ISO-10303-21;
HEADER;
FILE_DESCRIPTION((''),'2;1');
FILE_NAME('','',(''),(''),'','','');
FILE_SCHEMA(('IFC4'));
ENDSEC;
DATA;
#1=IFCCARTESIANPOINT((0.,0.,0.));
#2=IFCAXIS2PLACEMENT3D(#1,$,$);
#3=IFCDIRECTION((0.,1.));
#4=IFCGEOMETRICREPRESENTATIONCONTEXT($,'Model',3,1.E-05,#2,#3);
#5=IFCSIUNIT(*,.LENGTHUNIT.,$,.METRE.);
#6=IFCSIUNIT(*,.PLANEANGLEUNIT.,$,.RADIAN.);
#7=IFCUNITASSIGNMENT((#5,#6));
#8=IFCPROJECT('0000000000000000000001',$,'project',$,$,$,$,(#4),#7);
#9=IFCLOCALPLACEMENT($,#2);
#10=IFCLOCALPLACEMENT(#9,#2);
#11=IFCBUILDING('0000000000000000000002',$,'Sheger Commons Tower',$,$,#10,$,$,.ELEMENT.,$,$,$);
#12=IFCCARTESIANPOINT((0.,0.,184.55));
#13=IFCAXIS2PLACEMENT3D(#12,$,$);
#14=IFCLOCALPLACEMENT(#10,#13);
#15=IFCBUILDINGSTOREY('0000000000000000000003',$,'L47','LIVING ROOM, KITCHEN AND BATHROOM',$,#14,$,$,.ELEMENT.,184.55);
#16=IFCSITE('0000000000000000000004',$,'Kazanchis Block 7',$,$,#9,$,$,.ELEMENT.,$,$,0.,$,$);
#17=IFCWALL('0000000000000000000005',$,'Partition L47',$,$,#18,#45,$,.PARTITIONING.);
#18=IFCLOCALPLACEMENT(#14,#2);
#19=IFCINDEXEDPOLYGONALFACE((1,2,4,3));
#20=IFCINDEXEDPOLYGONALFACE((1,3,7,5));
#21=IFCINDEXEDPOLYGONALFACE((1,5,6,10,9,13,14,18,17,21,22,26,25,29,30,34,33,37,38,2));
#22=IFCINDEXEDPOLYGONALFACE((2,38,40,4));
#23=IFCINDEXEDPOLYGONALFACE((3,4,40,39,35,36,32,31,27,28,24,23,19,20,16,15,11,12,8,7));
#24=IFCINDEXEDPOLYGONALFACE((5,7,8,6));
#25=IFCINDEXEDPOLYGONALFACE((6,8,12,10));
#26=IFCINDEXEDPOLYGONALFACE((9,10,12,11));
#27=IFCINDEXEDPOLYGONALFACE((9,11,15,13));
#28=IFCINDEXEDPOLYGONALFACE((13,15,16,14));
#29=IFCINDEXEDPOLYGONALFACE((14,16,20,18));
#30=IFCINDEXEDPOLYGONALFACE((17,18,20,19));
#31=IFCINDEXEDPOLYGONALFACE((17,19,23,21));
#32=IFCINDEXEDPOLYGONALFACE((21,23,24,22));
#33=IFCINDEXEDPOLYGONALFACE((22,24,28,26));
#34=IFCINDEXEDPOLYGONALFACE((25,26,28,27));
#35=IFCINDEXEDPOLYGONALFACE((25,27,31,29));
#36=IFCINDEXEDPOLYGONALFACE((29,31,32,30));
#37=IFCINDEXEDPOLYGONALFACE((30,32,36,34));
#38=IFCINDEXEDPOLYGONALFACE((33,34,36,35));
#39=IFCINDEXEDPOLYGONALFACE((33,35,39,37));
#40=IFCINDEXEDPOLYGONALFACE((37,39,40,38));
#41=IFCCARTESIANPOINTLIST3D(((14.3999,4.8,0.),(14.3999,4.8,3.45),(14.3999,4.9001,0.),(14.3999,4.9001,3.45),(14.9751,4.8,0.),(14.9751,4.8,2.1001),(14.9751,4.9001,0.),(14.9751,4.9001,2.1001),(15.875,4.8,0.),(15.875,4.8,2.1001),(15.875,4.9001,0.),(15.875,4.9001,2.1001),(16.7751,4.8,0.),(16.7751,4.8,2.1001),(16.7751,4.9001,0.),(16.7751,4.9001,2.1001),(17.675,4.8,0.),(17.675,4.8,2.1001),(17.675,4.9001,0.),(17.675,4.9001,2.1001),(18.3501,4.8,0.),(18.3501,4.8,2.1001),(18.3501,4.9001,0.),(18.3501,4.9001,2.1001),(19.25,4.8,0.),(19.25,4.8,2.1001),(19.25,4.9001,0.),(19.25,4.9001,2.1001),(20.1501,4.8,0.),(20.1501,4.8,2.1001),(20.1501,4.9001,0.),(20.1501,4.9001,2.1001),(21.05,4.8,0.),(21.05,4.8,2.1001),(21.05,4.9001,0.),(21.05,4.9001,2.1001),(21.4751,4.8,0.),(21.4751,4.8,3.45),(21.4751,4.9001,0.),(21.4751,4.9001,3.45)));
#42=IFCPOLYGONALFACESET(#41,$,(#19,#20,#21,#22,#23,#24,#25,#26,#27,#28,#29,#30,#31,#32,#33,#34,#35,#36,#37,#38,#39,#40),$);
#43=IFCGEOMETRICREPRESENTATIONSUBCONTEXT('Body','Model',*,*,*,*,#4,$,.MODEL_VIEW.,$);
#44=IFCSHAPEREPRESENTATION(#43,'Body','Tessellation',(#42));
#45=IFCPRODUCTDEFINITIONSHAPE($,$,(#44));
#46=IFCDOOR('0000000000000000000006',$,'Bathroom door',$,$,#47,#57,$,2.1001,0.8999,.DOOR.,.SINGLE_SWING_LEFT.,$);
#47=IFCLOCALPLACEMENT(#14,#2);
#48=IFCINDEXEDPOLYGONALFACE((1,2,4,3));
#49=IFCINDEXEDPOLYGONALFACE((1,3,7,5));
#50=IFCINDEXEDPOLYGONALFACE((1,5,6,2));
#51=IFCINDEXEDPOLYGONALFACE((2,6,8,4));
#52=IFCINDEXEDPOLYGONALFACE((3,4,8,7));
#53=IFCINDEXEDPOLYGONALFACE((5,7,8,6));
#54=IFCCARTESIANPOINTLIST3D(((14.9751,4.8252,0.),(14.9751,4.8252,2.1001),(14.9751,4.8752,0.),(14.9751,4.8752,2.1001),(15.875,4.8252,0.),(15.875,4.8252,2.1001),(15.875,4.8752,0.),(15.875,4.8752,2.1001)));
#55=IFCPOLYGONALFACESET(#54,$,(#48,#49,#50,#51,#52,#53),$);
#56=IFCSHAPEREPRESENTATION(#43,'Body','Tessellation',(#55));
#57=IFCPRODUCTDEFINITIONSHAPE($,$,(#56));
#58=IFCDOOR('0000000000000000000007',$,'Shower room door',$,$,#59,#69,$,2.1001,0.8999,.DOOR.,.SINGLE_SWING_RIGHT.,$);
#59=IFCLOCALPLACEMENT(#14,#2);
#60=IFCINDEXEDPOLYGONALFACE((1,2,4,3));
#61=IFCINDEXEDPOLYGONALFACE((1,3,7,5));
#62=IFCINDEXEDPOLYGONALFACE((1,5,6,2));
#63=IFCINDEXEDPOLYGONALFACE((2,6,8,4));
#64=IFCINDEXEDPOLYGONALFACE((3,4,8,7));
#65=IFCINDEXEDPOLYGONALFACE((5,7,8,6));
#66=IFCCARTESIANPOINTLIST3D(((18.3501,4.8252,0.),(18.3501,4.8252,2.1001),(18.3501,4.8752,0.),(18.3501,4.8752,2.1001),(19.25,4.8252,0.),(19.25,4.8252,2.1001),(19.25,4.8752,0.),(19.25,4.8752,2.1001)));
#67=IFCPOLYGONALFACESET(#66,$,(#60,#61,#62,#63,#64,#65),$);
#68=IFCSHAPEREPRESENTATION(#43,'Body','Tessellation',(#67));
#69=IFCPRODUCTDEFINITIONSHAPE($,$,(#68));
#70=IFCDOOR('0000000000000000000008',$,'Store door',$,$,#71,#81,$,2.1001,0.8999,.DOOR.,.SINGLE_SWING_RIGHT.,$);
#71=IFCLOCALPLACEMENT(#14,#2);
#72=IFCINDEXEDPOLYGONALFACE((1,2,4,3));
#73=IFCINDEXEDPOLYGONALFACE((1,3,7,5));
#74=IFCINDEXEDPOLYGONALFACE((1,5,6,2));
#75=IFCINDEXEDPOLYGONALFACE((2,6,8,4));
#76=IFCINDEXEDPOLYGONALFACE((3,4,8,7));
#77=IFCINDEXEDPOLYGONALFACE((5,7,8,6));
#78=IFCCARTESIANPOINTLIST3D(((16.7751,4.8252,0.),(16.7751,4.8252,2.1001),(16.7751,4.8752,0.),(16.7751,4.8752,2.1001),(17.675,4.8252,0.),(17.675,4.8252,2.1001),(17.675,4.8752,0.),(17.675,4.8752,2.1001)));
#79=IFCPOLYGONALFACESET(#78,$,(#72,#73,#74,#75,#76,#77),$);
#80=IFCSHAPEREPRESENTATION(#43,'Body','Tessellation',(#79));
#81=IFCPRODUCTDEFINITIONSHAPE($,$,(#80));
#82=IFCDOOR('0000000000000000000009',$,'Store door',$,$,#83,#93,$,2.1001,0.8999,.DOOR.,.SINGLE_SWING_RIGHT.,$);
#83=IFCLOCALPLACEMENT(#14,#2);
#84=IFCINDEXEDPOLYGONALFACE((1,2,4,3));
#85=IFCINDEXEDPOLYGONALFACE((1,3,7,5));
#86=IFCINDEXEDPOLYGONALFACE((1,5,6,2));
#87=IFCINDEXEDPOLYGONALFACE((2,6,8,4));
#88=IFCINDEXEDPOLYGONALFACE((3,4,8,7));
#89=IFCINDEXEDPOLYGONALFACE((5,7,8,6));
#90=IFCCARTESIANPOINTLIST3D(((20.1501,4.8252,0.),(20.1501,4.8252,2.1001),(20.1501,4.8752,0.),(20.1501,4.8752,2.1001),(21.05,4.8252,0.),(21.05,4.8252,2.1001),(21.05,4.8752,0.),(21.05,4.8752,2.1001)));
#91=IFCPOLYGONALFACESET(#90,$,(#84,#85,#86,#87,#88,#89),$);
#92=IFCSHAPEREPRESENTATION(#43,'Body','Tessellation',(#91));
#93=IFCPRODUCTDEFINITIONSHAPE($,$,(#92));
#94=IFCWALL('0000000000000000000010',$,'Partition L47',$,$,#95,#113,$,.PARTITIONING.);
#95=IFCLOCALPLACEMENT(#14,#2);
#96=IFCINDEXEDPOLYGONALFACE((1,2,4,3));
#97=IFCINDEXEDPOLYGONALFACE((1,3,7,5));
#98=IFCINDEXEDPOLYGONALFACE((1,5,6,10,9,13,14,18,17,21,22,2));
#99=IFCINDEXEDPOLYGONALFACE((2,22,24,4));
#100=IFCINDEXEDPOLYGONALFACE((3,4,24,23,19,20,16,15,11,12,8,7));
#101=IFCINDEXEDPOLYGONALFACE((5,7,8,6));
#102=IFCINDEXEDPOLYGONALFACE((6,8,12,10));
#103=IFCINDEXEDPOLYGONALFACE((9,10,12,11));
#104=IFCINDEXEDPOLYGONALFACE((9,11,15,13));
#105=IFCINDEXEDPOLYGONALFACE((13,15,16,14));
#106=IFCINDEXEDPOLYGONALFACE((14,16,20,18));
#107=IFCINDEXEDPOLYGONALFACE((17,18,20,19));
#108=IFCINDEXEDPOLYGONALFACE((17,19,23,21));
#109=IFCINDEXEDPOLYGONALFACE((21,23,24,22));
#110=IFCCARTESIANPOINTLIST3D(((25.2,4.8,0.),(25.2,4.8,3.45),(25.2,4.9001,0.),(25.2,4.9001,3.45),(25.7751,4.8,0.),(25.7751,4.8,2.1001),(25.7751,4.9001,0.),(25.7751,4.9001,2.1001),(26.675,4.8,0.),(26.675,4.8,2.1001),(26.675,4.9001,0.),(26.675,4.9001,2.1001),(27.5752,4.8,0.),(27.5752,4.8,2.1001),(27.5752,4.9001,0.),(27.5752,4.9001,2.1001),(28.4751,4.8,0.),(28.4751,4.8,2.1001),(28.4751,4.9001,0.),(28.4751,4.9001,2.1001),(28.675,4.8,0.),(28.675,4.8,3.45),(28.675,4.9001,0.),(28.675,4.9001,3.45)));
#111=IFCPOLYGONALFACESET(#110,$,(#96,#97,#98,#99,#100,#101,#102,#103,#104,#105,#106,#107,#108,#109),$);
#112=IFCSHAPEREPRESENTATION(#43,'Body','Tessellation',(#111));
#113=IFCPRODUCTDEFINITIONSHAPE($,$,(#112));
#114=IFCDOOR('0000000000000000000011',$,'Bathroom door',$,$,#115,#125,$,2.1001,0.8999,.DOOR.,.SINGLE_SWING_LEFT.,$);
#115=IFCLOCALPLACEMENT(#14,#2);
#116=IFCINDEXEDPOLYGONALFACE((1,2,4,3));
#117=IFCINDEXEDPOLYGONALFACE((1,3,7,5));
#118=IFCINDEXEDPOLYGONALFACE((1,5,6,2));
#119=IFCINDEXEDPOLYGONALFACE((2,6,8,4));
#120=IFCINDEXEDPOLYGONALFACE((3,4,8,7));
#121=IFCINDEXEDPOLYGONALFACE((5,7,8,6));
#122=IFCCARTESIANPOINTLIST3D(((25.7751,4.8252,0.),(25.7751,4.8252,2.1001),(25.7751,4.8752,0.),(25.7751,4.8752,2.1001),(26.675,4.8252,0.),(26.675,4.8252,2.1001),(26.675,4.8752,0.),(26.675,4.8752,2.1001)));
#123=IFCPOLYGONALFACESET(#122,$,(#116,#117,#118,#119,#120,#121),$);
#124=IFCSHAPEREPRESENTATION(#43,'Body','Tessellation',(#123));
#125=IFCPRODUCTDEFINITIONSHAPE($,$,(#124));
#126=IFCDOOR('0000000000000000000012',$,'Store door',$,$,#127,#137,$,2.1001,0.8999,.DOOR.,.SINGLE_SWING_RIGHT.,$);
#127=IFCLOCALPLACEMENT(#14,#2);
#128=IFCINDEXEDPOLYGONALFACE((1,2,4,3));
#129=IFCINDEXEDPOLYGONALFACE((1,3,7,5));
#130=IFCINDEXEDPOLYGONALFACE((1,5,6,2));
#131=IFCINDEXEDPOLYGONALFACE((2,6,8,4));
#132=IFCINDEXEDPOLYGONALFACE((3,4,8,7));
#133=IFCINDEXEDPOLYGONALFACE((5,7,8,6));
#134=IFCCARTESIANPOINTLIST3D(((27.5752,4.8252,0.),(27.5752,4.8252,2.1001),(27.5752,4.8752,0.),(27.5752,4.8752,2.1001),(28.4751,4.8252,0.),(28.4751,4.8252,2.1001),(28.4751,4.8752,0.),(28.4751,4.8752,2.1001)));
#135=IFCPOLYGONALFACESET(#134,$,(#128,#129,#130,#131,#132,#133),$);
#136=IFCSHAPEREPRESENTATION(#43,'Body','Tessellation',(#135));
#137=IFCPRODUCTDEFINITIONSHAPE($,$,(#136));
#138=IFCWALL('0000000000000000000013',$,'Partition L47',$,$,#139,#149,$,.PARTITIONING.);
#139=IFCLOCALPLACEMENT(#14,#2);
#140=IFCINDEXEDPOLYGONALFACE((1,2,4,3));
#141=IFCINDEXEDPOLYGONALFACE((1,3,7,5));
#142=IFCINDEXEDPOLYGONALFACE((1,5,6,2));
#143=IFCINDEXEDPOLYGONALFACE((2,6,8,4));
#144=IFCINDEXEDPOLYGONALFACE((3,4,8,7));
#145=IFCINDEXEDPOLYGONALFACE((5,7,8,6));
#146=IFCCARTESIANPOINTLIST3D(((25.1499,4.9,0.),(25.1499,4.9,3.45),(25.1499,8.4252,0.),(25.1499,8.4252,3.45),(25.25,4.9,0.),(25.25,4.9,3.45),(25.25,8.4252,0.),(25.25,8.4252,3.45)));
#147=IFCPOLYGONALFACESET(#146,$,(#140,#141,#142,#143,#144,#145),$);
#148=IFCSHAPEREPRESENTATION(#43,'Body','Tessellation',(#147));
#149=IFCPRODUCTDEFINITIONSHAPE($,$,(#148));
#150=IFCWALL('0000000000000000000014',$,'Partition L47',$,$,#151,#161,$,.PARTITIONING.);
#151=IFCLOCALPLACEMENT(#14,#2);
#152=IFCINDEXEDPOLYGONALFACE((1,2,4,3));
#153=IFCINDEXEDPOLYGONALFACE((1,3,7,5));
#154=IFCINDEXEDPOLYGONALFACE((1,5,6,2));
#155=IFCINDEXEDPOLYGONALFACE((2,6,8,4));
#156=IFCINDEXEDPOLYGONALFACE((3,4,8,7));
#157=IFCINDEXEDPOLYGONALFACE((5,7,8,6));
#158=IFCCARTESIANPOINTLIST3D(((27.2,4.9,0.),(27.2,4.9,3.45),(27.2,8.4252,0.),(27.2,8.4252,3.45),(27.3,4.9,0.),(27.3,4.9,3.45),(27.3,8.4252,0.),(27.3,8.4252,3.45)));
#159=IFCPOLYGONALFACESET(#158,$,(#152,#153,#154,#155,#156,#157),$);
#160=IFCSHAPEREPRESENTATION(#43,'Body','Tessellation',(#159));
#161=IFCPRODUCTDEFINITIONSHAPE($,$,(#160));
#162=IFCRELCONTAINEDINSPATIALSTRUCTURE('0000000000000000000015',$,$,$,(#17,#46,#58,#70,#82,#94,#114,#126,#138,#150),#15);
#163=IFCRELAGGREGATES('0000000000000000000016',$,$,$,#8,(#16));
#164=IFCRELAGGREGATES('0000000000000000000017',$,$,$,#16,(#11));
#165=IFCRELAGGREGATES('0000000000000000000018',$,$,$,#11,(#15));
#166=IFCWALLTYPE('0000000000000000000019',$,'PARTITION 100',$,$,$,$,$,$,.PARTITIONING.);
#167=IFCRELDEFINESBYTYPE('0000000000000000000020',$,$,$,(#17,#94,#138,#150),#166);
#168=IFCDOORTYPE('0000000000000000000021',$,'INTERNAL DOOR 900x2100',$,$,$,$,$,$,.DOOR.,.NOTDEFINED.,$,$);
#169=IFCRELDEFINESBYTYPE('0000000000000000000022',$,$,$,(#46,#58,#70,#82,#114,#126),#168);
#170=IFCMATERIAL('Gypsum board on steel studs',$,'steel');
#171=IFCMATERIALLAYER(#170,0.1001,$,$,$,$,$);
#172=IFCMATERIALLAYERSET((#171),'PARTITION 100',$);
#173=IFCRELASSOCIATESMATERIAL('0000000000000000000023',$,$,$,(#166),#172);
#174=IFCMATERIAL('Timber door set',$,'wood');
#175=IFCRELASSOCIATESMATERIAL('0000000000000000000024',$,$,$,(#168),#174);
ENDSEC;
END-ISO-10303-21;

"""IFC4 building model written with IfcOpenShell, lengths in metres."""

from ifc_helpers import new_model, si_unit, direction, frame, frame_2d, origin, place, context, subcontext, project, spatial, rectangle, extrude, material, layer, layer_set, type_object, element, fill, save


model = new_model("IFC4")

# Units and contexts
model_context = context("Model", 3, precision=1e-05, world=origin(), true_north=direction((0.0, 1.0)))
body_context = subcontext(model_context, "Body", "Model", "MODEL_VIEW")
ifc_project = project(units=[si_unit("LENGTHUNIT", "METRE"), si_unit("PLANEANGLEUNIT", "RADIAN")], contexts=[model_context])

# Site, building, storey
site_placement = place(None, origin())
site = spatial("IfcSite", under=ifc_project, at=site_placement, Name="Kazanchis Block 7", CompositionType="ELEMENT", RefElevation=0.0)
building_placement = place(site_placement, origin())
building = spatial("IfcBuilding", under=site, at=building_placement, Name="Sheger Commons Tower", CompositionType="ELEMENT")
storey_placement = place(building_placement, frame((0.0, 0.0, 184.55)))
storey = spatial("IfcBuildingStorey", under=building, at=storey_placement, Name="L47", Description="LIVING ROOM, KITCHEN AND BATHROOM", CompositionType="ELEMENT", Elevation=184.55)

# Walls, openings, doors
ifc_material_1 = material(Name="Gypsum board on steel studs", Category="steel")
ifc_layer_1 = layer(ifc_material_1, 0.1001)
ifc_layer_set_1 = layer_set([ifc_layer_1], Name="PARTITION 100")
wall_type_1 = type_object("IfcWallType", Name="PARTITION 100", PredefinedType="PARTITIONING", material=ifc_layer_set_1)
ifc_material_2 = material(Name="Timber door set", Category="wood")
door_type = type_object("IfcDoorType", Name="INTERNAL DOOR 900x2100", OperationType="NOTDEFINED", PredefinedType="DOOR", material=ifc_material_2)
wall_1_placement = place(storey_placement, frame((21.4751, 4.8501, 0.0), z_axis=(0.0, 0.0, 1.0), x_axis=(-1.0, 0.0, 0.0)))
wall_1 = element("IfcWall", 1, at=wall_1_placement, inside=storey, type_object=wall_type_1, Name="Partition L47", PredefinedType="PARTITIONING", context=body_context, shape_type="SweptSolid", body=[
    extrude(rectangle(XDim=7.0752, YDim=0.1001, at=frame_2d((3.5376, 0.0))), origin(), (0.0, 0.0, 1.0), 3.45),
])
opening_1_placement = place(wall_1_placement, frame((5.6001, 0.0, 0.0)))
opening_1 = element("IfcOpeningElement", 2, at=opening_1_placement, cuts=wall_1, PredefinedType="OPENING", context=body_context, shape_type="SweptSolid", body=[
    extrude(rectangle(XDim=0.8999, YDim=2.1001, at=frame_2d((0.45, 1.05))), frame((0.0, 0.0601, 0.0), z_axis=(0.0, -1.0, 0.0), x_axis=(1.0, 0.0, 0.0)), (0.0, 0.0, 1.0), 0.1201),
])
opening_2_placement = place(wall_1_placement, frame((2.2251, 0.0, 0.0)))
opening_2 = element("IfcOpeningElement", 3, at=opening_2_placement, cuts=wall_1, PredefinedType="OPENING", context=body_context, shape_type="SweptSolid", body=[
    extrude(rectangle(XDim=0.8999, YDim=2.1001, at=frame_2d((0.45, 1.05))), frame((0.0, 0.0601, 0.0), z_axis=(0.0, -1.0, 0.0), x_axis=(1.0, 0.0, 0.0)), (0.0, 0.0, 1.0), 0.1201),
])
opening_3_placement = place(wall_1_placement, frame((3.8, 0.0, 0.0)))
opening_3 = element("IfcOpeningElement", 4, at=opening_3_placement, cuts=wall_1, PredefinedType="OPENING", context=body_context, shape_type="SweptSolid", body=[
    extrude(rectangle(XDim=0.8999, YDim=2.1001, at=frame_2d((0.45, 1.05))), frame((0.0, 0.0601, 0.0), z_axis=(0.0, -1.0, 0.0), x_axis=(1.0, 0.0, 0.0)), (0.0, 0.0, 1.0), 0.1201),
])
opening_4_placement = place(wall_1_placement, frame((0.425, 0.0, 0.0)))
opening_4 = element("IfcOpeningElement", 5, at=opening_4_placement, cuts=wall_1, PredefinedType="OPENING", context=body_context, shape_type="SweptSolid", body=[
    extrude(rectangle(XDim=0.8999, YDim=2.1001, at=frame_2d((0.45, 1.05))), frame((0.0, 0.0601, 0.0), z_axis=(0.0, -1.0, 0.0), x_axis=(1.0, 0.0, 0.0)), (0.0, 0.0, 1.0), 0.1201),
])
door_1_placement = place(opening_1_placement, origin())
door_1 = element("IfcDoor", 6, at=door_1_placement, inside=storey, type_object=door_type, Name="Bathroom door", OperationType="SINGLE_SWING_LEFT", OverallHeight=2.1001, OverallWidth=0.8999, PredefinedType="DOOR", context=body_context, shape_type="SweptSolid", body=[
    extrude(rectangle(XDim=0.8999, YDim=2.1001, at=frame_2d((0.45, 1.05))), frame((0.0, 0.0249, 0.0), z_axis=(0.0, -1.0, 0.0), x_axis=(1.0, 0.0, 0.0)), (0.0, 0.0, 1.0), 0.05),
])
fill(opening_1, door_1)
door_2_placement = place(opening_2_placement, origin())
door_2 = element("IfcDoor", 7, at=door_2_placement, inside=storey, type_object=door_type, Name="Shower room door", OperationType="SINGLE_SWING_RIGHT", OverallHeight=2.1001, OverallWidth=0.8999, PredefinedType="DOOR", context=body_context, shape_type="SweptSolid", body=[
    extrude(rectangle(XDim=0.8999, YDim=2.1001, at=frame_2d((0.45, 1.05))), frame((0.0, 0.0249, 0.0), z_axis=(0.0, -1.0, 0.0), x_axis=(1.0, 0.0, 0.0)), (0.0, 0.0, 1.0), 0.05),
])
fill(opening_2, door_2)
door_3_placement = place(opening_3_placement, origin())
door_3 = element("IfcDoor", 8, at=door_3_placement, inside=storey, type_object=door_type, Name="Store door", OperationType="SINGLE_SWING_RIGHT", OverallHeight=2.1001, OverallWidth=0.8999, PredefinedType="DOOR", context=body_context, shape_type="SweptSolid", body=[
    extrude(rectangle(XDim=0.8999, YDim=2.1001, at=frame_2d((0.45, 1.05))), frame((0.0, 0.0249, 0.0), z_axis=(0.0, -1.0, 0.0), x_axis=(1.0, 0.0, 0.0)), (0.0, 0.0, 1.0), 0.05),
])
fill(opening_3, door_3)
door_4_placement = place(opening_4_placement, origin())
door_4 = element("IfcDoor", 9, at=door_4_placement, inside=storey, type_object=door_type, Name="Store door", OperationType="SINGLE_SWING_RIGHT", OverallHeight=2.1001, OverallWidth=0.8999, PredefinedType="DOOR", context=body_context, shape_type="SweptSolid", body=[
    extrude(rectangle(XDim=0.8999, YDim=2.1001, at=frame_2d((0.45, 1.05))), frame((0.0, 0.0249, 0.0), z_axis=(0.0, -1.0, 0.0), x_axis=(1.0, 0.0, 0.0)), (0.0, 0.0, 1.0), 0.05),
])
fill(opening_4, door_4)
wall_2_placement = place(storey_placement, frame((28.675, 4.8501, 0.0), z_axis=(0.0, 0.0, 1.0), x_axis=(-1.0, 0.0, 0.0)))
wall_2 = element("IfcWall", 10, at=wall_2_placement, inside=storey, type_object=wall_type_1, Name="Partition L47", PredefinedType="PARTITIONING", context=body_context, shape_type="SweptSolid", body=[
    extrude(rectangle(XDim=3.4751, YDim=0.1001, at=frame_2d((1.7375, 0.0))), origin(), (0.0, 0.0, 1.0), 3.45),
])
opening_5_placement = place(wall_2_placement, frame((2.0, 0.0, 0.0)))
opening_5 = element("IfcOpeningElement", 11, at=opening_5_placement, cuts=wall_2, PredefinedType="OPENING", context=body_context, shape_type="SweptSolid", body=[
    extrude(rectangle(XDim=0.8999, YDim=2.1001, at=frame_2d((0.45, 1.05))), frame((0.0, 0.0601, 0.0), z_axis=(0.0, -1.0, 0.0), x_axis=(1.0, 0.0, 0.0)), (0.0, 0.0, 1.0), 0.1201),
])
opening_6_placement = place(wall_2_placement, frame((0.2, 0.0, 0.0)))
opening_6 = element("IfcOpeningElement", 12, at=opening_6_placement, cuts=wall_2, PredefinedType="OPENING", context=body_context, shape_type="SweptSolid", body=[
    extrude(rectangle(XDim=0.8999, YDim=2.1001, at=frame_2d((0.45, 1.05))), frame((0.0, 0.0601, 0.0), z_axis=(0.0, -1.0, 0.0), x_axis=(1.0, 0.0, 0.0)), (0.0, 0.0, 1.0), 0.1201),
])
door_5_placement = place(opening_5_placement, origin())
door_5 = element("IfcDoor", 13, at=door_5_placement, inside=storey, type_object=door_type, Name="Bathroom door", OperationType="SINGLE_SWING_LEFT", OverallHeight=2.1001, OverallWidth=0.8999, PredefinedType="DOOR", context=body_context, shape_type="SweptSolid", body=[
    extrude(rectangle(XDim=0.8999, YDim=2.1001, at=frame_2d((0.45, 1.05))), frame((0.0, 0.0249, 0.0), z_axis=(0.0, -1.0, 0.0), x_axis=(1.0, 0.0, 0.0)), (0.0, 0.0, 1.0), 0.05),
])
fill(opening_5, door_5)
door_6_placement = place(opening_6_placement, origin())
door_6 = element("IfcDoor", 14, at=door_6_placement, inside=storey, type_object=door_type, Name="Store door", OperationType="SINGLE_SWING_RIGHT", OverallHeight=2.1001, OverallWidth=0.8999, PredefinedType="DOOR", context=body_context, shape_type="SweptSolid", body=[
    extrude(rectangle(XDim=0.8999, YDim=2.1001, at=frame_2d((0.45, 1.05))), frame((0.0, 0.0249, 0.0), z_axis=(0.0, -1.0, 0.0), x_axis=(1.0, 0.0, 0.0)), (0.0, 0.0, 1.0), 0.05),
])
fill(opening_6, door_6)

# Walls
for number, where, z_axis, x_axis, name in (
    (15, (25.2, 4.8999, 0.0), (0.0, 0.0, 1.0), (0.0, 1.0, 0.0), "Partition L47"),
    (16, (27.25, 4.8999, 0.0), (0.0, 0.0, 1.0), (0.0, 1.0, 0.0), "Partition L47"),
):
    element("IfcWall", number, at=place(storey_placement, frame(where, z_axis=z_axis, x_axis=x_axis)), inside=storey, type_object=wall_type_1, Name=name, PredefinedType="PARTITIONING", context=body_context, shape_type="SweptSolid", body=[
        extrude(rectangle(XDim=3.5251, YDim=0.1001, at=frame_2d((1.7627, 0.0))), origin(), (0.0, 0.0, 1.0), 3.45),
    ])

save(model, "model.ifc")
